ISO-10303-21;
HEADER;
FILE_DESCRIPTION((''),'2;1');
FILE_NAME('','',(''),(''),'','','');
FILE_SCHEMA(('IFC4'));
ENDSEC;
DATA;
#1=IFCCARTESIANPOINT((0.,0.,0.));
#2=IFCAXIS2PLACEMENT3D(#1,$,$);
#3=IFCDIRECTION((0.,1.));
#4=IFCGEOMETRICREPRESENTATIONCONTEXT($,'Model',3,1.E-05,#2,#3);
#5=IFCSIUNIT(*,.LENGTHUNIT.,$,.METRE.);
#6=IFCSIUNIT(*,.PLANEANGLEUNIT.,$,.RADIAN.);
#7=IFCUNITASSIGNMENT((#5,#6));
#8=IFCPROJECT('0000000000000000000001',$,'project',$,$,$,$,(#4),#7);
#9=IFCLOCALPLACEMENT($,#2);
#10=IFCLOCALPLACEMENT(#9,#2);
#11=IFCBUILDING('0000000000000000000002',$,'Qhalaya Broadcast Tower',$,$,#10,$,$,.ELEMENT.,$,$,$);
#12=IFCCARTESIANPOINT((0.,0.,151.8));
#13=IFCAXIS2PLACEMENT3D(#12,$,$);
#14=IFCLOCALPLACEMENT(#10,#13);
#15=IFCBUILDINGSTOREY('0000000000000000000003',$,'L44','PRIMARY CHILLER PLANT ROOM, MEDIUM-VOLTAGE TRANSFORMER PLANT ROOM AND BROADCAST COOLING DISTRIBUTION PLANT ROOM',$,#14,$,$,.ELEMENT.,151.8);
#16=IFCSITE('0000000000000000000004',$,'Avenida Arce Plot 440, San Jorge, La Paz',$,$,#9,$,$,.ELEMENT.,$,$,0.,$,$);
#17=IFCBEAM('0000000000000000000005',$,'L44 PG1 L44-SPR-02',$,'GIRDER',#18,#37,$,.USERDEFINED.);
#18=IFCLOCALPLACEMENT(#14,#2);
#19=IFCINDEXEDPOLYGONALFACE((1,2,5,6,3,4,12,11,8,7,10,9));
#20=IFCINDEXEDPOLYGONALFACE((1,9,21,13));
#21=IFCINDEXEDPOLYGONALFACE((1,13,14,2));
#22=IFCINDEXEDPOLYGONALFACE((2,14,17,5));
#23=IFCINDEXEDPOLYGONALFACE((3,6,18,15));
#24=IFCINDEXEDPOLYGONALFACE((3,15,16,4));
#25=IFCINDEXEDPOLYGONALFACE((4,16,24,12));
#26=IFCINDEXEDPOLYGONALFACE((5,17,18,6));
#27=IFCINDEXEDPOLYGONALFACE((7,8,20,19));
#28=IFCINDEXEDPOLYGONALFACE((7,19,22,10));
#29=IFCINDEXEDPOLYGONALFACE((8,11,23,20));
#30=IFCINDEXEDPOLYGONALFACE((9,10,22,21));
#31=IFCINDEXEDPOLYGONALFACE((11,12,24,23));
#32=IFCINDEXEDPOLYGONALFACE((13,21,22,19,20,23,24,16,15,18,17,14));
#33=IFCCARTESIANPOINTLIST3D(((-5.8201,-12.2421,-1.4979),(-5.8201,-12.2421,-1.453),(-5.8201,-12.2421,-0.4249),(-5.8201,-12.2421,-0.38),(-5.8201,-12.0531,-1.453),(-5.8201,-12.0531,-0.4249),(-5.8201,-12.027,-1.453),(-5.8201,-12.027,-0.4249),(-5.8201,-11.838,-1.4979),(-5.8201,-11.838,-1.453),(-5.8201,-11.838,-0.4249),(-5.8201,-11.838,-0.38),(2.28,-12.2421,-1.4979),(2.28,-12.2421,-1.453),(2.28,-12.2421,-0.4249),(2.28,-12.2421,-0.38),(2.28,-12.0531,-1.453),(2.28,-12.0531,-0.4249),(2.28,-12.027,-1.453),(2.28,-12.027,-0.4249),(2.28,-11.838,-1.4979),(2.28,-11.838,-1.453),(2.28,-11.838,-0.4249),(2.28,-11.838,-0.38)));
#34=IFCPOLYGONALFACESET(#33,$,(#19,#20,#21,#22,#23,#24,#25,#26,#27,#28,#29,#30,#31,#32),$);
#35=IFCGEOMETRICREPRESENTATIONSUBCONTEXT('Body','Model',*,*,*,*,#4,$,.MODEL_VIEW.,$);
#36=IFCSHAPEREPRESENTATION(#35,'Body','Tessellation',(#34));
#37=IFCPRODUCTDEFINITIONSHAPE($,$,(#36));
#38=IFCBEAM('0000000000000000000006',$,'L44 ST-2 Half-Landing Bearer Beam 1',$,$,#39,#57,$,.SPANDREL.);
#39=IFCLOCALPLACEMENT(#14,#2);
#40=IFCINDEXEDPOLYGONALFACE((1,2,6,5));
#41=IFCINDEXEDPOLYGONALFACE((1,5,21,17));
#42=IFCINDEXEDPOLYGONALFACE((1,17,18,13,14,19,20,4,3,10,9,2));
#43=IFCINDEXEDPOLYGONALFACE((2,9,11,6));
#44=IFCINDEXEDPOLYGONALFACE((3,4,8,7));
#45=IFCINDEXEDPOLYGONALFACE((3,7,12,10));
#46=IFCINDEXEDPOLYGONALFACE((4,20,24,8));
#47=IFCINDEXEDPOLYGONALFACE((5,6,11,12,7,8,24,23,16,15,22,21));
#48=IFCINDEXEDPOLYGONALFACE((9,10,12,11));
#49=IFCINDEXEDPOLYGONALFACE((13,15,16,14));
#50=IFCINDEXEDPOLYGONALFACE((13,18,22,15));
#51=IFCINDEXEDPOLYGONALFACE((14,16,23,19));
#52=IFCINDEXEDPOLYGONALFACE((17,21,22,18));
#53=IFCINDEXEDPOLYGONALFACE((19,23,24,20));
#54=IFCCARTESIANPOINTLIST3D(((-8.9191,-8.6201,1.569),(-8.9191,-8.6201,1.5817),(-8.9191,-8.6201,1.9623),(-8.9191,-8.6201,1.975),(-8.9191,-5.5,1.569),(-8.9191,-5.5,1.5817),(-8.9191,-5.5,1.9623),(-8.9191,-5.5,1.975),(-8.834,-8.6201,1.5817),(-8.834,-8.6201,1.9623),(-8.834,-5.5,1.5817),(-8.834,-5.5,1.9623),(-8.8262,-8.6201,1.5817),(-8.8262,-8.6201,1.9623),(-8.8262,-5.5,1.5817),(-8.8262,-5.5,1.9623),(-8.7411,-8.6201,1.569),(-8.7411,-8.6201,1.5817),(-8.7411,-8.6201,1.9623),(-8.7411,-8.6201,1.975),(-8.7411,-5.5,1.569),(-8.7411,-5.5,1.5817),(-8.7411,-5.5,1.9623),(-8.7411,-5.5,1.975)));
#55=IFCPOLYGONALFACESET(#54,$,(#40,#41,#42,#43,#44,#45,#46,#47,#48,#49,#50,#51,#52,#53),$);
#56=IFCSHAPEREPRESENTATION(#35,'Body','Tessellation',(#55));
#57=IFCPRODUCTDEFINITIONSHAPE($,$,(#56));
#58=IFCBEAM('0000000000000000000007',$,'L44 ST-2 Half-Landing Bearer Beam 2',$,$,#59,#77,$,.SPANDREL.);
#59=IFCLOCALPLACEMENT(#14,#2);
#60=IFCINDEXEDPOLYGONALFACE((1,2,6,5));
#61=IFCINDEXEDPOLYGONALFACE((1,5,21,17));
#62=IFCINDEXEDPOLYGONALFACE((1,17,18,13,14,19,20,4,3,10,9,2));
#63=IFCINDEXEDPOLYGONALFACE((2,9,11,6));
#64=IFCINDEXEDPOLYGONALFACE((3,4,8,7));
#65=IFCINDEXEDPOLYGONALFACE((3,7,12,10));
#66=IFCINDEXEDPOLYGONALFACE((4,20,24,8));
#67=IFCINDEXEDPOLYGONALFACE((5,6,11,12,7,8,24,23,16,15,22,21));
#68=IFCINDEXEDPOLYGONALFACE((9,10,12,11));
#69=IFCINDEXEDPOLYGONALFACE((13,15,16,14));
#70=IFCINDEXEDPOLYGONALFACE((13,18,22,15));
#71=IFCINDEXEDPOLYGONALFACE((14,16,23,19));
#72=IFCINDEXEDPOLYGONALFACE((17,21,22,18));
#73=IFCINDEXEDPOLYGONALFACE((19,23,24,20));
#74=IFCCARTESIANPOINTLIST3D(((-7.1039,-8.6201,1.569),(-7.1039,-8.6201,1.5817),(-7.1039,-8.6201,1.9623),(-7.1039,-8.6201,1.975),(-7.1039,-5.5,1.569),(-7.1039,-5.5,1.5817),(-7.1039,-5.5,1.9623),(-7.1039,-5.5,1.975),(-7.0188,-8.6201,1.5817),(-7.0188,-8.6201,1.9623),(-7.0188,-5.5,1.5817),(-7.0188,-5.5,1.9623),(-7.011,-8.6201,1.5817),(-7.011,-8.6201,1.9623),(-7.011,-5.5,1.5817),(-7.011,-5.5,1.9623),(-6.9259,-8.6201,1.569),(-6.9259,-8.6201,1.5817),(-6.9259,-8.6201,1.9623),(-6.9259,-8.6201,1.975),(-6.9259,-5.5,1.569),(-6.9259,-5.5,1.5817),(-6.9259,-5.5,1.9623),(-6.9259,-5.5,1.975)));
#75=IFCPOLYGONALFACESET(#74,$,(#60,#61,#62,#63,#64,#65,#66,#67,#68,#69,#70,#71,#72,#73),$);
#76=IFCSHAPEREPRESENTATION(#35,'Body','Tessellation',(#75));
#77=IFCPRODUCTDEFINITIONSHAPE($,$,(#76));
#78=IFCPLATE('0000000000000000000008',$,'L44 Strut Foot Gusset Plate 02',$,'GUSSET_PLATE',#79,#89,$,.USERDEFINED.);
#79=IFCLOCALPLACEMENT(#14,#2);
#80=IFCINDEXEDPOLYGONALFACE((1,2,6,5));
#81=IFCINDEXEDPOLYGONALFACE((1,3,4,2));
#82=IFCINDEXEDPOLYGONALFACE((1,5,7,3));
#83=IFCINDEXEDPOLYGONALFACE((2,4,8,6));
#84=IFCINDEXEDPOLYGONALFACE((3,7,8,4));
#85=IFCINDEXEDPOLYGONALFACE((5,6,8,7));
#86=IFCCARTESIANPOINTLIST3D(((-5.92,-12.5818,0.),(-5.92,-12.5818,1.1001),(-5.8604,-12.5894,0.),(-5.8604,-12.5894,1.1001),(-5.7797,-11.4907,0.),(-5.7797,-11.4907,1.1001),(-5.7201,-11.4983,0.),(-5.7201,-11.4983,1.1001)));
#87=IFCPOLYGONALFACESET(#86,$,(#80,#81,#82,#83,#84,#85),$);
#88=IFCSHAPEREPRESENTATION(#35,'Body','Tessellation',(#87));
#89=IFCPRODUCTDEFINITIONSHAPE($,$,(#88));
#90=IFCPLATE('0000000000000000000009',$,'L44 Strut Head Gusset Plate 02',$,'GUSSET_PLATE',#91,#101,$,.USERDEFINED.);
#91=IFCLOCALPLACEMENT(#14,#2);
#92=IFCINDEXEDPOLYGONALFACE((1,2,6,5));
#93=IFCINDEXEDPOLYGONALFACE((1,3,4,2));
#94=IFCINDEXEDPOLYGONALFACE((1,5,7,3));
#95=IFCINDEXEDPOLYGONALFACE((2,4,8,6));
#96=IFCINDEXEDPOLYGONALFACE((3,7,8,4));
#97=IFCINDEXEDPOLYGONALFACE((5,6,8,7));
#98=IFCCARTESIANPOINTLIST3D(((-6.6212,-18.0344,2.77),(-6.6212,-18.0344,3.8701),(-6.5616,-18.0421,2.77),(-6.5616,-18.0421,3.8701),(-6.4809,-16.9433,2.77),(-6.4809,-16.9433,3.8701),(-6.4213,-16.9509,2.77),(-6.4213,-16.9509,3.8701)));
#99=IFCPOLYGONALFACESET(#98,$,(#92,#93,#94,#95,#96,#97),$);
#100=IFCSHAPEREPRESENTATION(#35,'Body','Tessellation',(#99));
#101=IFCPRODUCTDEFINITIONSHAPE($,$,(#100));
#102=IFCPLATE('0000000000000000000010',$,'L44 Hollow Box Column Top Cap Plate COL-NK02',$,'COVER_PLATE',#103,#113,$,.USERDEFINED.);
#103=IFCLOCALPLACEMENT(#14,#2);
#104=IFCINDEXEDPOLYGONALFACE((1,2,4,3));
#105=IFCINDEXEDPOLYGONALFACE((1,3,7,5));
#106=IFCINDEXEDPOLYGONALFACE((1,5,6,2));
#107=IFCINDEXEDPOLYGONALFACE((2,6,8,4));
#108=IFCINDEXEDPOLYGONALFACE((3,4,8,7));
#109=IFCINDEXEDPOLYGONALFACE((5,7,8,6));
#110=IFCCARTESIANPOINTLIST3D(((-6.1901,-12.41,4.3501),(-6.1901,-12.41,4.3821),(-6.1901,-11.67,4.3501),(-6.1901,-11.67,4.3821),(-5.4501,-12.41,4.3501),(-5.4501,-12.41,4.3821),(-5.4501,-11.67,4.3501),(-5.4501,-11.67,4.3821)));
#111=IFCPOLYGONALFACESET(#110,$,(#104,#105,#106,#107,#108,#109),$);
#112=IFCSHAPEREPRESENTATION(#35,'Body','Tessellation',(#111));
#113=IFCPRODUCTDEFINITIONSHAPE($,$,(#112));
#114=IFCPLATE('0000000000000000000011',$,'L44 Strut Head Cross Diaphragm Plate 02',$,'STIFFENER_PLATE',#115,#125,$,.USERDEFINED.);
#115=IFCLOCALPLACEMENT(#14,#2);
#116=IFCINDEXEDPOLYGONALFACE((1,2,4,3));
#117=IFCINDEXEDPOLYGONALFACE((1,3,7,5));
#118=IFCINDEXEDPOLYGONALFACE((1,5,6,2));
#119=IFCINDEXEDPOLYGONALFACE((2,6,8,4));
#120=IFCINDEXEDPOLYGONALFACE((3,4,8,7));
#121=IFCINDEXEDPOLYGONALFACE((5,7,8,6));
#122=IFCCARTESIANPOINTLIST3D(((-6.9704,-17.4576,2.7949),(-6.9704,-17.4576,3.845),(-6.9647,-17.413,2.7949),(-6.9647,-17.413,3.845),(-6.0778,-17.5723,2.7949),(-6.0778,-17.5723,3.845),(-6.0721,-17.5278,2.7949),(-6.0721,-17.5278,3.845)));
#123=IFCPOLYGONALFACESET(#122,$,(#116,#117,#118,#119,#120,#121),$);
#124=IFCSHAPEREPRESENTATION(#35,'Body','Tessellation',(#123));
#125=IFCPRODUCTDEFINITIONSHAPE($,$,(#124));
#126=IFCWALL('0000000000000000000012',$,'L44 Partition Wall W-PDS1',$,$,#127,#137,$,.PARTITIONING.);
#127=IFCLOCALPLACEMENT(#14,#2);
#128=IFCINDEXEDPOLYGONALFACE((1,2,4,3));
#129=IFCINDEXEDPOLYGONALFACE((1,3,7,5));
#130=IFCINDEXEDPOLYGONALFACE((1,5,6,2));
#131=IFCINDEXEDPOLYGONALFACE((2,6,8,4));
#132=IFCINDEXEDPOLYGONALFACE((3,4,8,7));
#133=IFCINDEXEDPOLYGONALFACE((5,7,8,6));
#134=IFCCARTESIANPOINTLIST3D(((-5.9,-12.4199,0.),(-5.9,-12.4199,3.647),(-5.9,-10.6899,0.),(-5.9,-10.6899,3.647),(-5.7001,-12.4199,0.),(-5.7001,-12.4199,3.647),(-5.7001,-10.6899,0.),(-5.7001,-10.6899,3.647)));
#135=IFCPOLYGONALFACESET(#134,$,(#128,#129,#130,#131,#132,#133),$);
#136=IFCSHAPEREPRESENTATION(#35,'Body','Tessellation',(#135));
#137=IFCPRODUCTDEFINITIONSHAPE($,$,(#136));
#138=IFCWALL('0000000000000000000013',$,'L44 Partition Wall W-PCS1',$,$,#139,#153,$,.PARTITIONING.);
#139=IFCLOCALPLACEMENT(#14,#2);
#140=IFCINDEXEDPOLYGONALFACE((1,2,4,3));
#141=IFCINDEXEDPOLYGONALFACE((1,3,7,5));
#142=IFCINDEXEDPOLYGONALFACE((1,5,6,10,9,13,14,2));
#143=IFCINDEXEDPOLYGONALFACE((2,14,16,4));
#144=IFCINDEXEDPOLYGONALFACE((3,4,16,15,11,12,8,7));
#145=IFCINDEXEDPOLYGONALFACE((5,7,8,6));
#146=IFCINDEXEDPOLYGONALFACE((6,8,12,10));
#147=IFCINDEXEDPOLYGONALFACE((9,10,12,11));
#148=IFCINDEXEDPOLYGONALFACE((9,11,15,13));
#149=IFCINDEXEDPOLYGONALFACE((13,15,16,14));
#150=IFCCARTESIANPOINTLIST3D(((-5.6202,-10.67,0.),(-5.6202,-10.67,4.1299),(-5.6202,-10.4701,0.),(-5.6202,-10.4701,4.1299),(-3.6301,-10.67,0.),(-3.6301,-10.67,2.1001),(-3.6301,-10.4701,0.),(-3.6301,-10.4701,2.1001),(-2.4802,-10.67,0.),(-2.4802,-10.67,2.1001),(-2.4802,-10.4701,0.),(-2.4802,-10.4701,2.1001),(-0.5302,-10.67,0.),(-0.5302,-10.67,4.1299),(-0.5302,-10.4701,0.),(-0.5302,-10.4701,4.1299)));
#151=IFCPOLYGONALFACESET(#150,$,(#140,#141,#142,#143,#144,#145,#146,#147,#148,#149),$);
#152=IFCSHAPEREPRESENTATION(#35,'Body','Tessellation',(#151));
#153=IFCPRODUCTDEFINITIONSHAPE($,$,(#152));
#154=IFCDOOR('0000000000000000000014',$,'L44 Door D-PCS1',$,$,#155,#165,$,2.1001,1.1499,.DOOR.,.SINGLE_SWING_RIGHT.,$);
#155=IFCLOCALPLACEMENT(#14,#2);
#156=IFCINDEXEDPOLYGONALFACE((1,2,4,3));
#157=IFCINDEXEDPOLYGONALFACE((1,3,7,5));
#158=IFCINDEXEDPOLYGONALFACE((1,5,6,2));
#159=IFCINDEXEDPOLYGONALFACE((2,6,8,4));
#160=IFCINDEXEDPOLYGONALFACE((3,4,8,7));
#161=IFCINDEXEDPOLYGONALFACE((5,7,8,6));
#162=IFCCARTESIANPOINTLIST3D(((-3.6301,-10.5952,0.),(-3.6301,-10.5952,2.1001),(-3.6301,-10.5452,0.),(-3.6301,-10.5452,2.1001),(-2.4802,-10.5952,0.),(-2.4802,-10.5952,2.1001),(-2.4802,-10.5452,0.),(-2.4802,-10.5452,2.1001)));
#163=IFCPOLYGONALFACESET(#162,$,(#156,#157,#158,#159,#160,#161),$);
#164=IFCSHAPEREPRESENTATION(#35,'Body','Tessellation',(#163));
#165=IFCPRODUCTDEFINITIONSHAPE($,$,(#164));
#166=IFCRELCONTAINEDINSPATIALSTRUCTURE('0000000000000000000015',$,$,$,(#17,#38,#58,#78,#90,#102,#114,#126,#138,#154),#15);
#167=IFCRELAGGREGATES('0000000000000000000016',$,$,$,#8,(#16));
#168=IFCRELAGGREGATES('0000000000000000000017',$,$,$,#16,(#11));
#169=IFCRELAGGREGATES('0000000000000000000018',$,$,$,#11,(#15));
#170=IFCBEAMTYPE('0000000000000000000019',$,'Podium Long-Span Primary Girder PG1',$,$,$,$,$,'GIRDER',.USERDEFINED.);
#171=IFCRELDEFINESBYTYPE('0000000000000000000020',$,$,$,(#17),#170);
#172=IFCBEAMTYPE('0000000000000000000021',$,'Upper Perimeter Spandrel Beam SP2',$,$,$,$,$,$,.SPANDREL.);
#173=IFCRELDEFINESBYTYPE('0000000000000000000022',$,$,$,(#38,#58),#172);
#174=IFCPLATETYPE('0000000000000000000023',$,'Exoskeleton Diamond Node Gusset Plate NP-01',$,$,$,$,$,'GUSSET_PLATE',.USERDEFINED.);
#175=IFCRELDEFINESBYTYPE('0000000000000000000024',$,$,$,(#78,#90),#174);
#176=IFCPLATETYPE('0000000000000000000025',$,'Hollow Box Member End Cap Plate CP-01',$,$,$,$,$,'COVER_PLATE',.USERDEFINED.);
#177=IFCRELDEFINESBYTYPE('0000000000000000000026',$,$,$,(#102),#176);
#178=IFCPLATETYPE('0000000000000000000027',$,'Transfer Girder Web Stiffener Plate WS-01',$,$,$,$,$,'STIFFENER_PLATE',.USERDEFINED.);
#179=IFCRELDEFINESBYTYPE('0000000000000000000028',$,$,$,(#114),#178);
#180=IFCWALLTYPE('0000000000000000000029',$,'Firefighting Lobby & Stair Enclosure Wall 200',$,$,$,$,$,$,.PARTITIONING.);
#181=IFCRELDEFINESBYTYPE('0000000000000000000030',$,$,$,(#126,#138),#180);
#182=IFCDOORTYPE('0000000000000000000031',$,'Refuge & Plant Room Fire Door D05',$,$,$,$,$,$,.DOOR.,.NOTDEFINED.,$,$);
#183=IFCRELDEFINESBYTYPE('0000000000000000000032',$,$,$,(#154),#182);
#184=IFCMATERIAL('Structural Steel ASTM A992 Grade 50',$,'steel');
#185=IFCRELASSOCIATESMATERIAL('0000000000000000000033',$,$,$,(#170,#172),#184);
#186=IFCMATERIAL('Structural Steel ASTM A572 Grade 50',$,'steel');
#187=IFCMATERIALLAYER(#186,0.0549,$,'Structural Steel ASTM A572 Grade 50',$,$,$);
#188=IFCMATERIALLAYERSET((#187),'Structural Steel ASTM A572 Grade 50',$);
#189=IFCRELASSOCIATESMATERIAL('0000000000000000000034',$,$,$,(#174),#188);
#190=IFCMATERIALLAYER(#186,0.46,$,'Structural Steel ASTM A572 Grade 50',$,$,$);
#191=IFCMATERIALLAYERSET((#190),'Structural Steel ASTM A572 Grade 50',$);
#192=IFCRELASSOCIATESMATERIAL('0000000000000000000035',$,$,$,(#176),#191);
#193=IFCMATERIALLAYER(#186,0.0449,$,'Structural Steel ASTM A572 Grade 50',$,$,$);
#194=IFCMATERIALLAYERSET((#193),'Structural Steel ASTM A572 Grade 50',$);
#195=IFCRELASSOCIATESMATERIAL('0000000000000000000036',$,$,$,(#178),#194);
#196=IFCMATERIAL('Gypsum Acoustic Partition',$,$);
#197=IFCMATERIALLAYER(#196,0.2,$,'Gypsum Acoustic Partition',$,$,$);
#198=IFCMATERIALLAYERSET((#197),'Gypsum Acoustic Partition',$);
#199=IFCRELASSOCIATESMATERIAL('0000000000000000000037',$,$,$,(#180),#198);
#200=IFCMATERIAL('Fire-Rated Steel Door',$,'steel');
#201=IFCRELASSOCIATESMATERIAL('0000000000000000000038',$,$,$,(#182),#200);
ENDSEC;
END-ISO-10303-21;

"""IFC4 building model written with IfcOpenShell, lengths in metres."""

from ifc_helpers import new_model, si_unit, direction, frame, frame_2d, origin, origin_2d, place, context, subcontext, project, spatial, rectangle, i_section, extrude, material, layer, layer_set, material_profile, profile_set, type_object, element, fill, save


model = new_model("IFC4")

# Units and contexts
model_context = context("Model", 3, precision=1e-05, world=origin(), true_north=direction((0.0, 1.0)))
body_context = subcontext(model_context, "Body", "Model", "MODEL_VIEW")
ifc_project = project(units=[si_unit("LENGTHUNIT", "METRE"), si_unit("PLANEANGLEUNIT", "RADIAN")], contexts=[model_context])

# Site, building, storey
site_placement = place(None, origin())
site = spatial("IfcSite", under=ifc_project, at=site_placement, Name="Avenida Arce Plot 440, San Jorge, La Paz", CompositionType="ELEMENT", RefElevation=0.0)
building_placement = place(site_placement, origin())
building = spatial("IfcBuilding", under=site, at=building_placement, Name="Qhalaya Broadcast Tower", CompositionType="ELEMENT")
storey_placement = place(building_placement, frame((0.0, 0.0, 151.8)))
storey = spatial("IfcBuildingStorey", under=building, at=storey_placement, Name="L44", Description="PRIMARY CHILLER PLANT ROOM, MEDIUM-VOLTAGE TRANSFORMER PLANT ROOM AND BROADCAST COOLING DISTRIBUTION PLANT ROOM", CompositionType="ELEMENT", Elevation=151.8)

# Shared definitions
ifc_material_1 = material(Name="Structural Steel ASTM A572 Grade 50", Category="steel")

# Shared definitions
ifc_material_2 = material(Name="Structural Steel ASTM A992 Grade 50", Category="steel")

# Beams
ifc_material_profile_1 = material_profile(ifc_material_2, i_section(OverallWidth=0.4041, OverallDepth=1.1179, WebThickness=0.0261, FlangeThickness=0.0449, at=origin_2d()), Name="W44X335")
ifc_profile_set_1 = profile_set([ifc_material_profile_1], Name="Structural Steel ASTM A992 Grade 50")
beam_type_1 = type_object("IfcBeamType", Name="Podium Long-Span Primary Girder PG1", ElementType="GIRDER", PredefinedType="USERDEFINED", material=ifc_profile_set_1)
beam_1_placement = place(storey_placement, frame((-5.8201, -12.04, -0.939), z_axis=(1.0, 0.0, 0.0), x_axis=(0.0, 1.0, 0.0)))
element("IfcBeam", 1, at=beam_1_placement, inside=storey, type_object=beam_type_1, Name="L44 PG1 L44-SPR-02", ObjectType="GIRDER", PredefinedType="USERDEFINED", context=body_context, shape_type="SweptSolid", body=[
    extrude(i_section(OverallWidth=0.4041, OverallDepth=1.1179, WebThickness=0.0261, FlangeThickness=0.0449, at=origin_2d()), origin(), (0.0, 0.0, 1.0), 8.1001),
])
ifc_material_profile_2 = material_profile(ifc_material_2, i_section(OverallWidth=0.178, OverallDepth=0.406, WebThickness=0.0078, FlangeThickness=0.0127, at=origin_2d()), Name="W16X40")
ifc_profile_set_2 = profile_set([ifc_material_profile_2], Name="Structural Steel ASTM A992 Grade 50")
beam_type_2 = type_object("IfcBeamType", Name="Upper Perimeter Spandrel Beam SP2", PredefinedType="SPANDREL", material=ifc_profile_set_2)
for number, where, z_axis, x_axis, name in (
    (2, (-8.8301, -8.6201, 1.772), (0.0, 1.0, 0.0), (-1.0, 0.0, 0.0), "L44 ST-2 Half-Landing Bearer Beam 1"),
    (3, (-7.0149, -8.6201, 1.772), (0.0, 1.0, 0.0), (-1.0, 0.0, 0.0), "L44 ST-2 Half-Landing Bearer Beam 2"),
):
    element("IfcBeam", number, at=place(storey_placement, frame(where, z_axis=z_axis, x_axis=x_axis)), inside=storey, type_object=beam_type_2, Name=name, PredefinedType="SPANDREL", context=body_context, shape_type="SweptSolid", body=[
        extrude(i_section(OverallWidth=0.178, OverallDepth=0.406, WebThickness=0.0078, FlangeThickness=0.0127, at=origin_2d()), origin(), (0.0, 0.0, 1.0), 3.1201),
    ])

# Plates
ifc_layer_1 = layer(ifc_material_1, 0.0549, Name="Structural Steel ASTM A572 Grade 50")
ifc_layer_set_1 = layer_set([ifc_layer_1], Name="Structural Steel ASTM A572 Grade 50")
plate_type_1 = type_object("IfcPlateType", Name="Exoskeleton Diamond Node Gusset Plate NP-01", ElementType="GUSSET_PLATE", PredefinedType="USERDEFINED", material=ifc_layer_set_1)
for number, where, z_axis, x_axis, name in (
    (4, (-5.8201, -12.04, 0.0), (0.0, 0.0, 1.0), (-0.127549, -0.991832, 0.0), "L44 Strut Foot Gusset Plate 02"),
    (5, (-6.5212, -17.4927, 2.77), (0.0, 0.0, 1.0), (-0.127549, -0.991832, 0.0), "L44 Strut Head Gusset Plate 02"),
):
    element("IfcPlate", number, at=place(storey_placement, frame(where, z_axis=z_axis, x_axis=x_axis)), inside=storey, type_object=plate_type_1, Name=name, ObjectType="GUSSET_PLATE", PredefinedType="USERDEFINED", context=body_context, shape_type="SweptSolid", body=[
        extrude(rectangle(XDim=1.1001, YDim=0.0601, at=origin_2d()), origin(), (0.0, 0.0, 1.0), 1.1001),
    ])
ifc_layer_2 = layer(ifc_material_1, 0.46, Name="Structural Steel ASTM A572 Grade 50")
ifc_layer_set_2 = layer_set([ifc_layer_2], Name="Structural Steel ASTM A572 Grade 50")
plate_type_2 = type_object("IfcPlateType", Name="Hollow Box Member End Cap Plate CP-01", ElementType="COVER_PLATE", PredefinedType="USERDEFINED", material=ifc_layer_set_2)
plate_1_placement = place(storey_placement, frame((-5.8201, -12.04, 4.3501), z_axis=(0.0, 0.0, 1.0), x_axis=(1.0, 0.0, 0.0)))
element("IfcPlate", 6, at=plate_1_placement, inside=storey, type_object=plate_type_2, Name="L44 Hollow Box Column Top Cap Plate COL-NK02", ObjectType="COVER_PLATE", PredefinedType="USERDEFINED", context=body_context, shape_type="SweptSolid", body=[
    extrude(rectangle(XDim=0.74, YDim=0.74, at=origin_2d()), origin(), (0.0, 0.0, 1.0), 0.032),
])
ifc_layer_3 = layer(ifc_material_1, 0.0449, Name="Structural Steel ASTM A572 Grade 50")
ifc_layer_set_3 = layer_set([ifc_layer_3], Name="Structural Steel ASTM A572 Grade 50")
plate_type_3 = type_object("IfcPlateType", Name="Transfer Girder Web Stiffener Plate WS-01", ElementType="STIFFENER_PLATE", PredefinedType="USERDEFINED", material=ifc_layer_set_3)
plate_2_placement = place(storey_placement, frame((-6.5212, -17.4927, 2.7949), z_axis=(0.0, 0.0, 1.0), x_axis=(0.991832, -0.127549, 0.0)))
element("IfcPlate", 7, at=plate_2_placement, inside=storey, type_object=plate_type_3, Name="L44 Strut Head Cross Diaphragm Plate 02", ObjectType="STIFFENER_PLATE", PredefinedType="USERDEFINED", context=body_context, shape_type="SweptSolid", body=[
    extrude(rectangle(XDim=0.8999, YDim=0.0449, at=origin_2d()), origin(), (0.0, 0.0, 1.0), 1.05),
])

# Wall
ifc_material_3 = material(Name="Gypsum Acoustic Partition")
ifc_layer_4 = layer(ifc_material_3, 0.2, Name="Gypsum Acoustic Partition")
ifc_layer_set_4 = layer_set([ifc_layer_4], Name="Gypsum Acoustic Partition")
wall_type_1 = type_object("IfcWallType", Name="Firefighting Lobby & Stair Enclosure Wall 200", PredefinedType="PARTITIONING", material=ifc_layer_set_4)
wall_1_placement = place(storey_placement, frame((-5.8, -12.4199, 0.0), z_axis=(0.0, 0.0, 1.0), x_axis=(0.0, 1.0, 0.0)))
element("IfcWall", 8, at=wall_1_placement, inside=storey, type_object=wall_type_1, Name="L44 Partition Wall W-PDS1", PredefinedType="PARTITIONING", context=body_context, shape_type="SweptSolid", body=[
    extrude(rectangle(XDim=1.73, YDim=0.2, at=frame_2d((0.865, 0.0))), origin(), (0.0, 0.0, 1.0), 3.647),
])

# Wall, opening, door
wall_2_placement = place(storey_placement, frame((-5.6201, -10.5701, 0.0), z_axis=(0.0, 0.0, 1.0), x_axis=(1.0, 0.0, 0.0)))
wall_2 = element("IfcWall", 9, at=wall_2_placement, inside=storey, type_object=wall_type_1, Name="L44 Partition Wall W-PCS1", PredefinedType="PARTITIONING", context=body_context, shape_type="SweptSolid", body=[
    extrude(rectangle(XDim=5.0901, YDim=0.2, at=frame_2d((2.5449, 0.0))), origin(), (0.0, 0.0, 1.0), 4.1299),
])
opening_1_placement = place(wall_2_placement, frame((1.99, 0.0, 0.0)))
opening_1 = element("IfcOpeningElement", 10, at=opening_1_placement, cuts=wall_2, PredefinedType="OPENING", context=body_context, shape_type="SweptSolid", body=[
    extrude(rectangle(XDim=1.1499, YDim=2.1001, at=frame_2d((0.575, 1.05))), frame((0.0, 0.1121, 0.0), z_axis=(0.0, -1.0, 0.0), x_axis=(1.0, 0.0, 0.0)), (0.0, 0.0, 1.0), 0.2239),
])
ifc_material_4 = material(Name="Fire-Rated Steel Door", Category="steel")
door_type_1 = type_object("IfcDoorType", Name="Refuge & Plant Room Fire Door D05", OperationType="NOTDEFINED", PredefinedType="DOOR", material=ifc_material_4)
door_1_placement = place(opening_1_placement, origin())
door_1 = element("IfcDoor", 11, at=door_1_placement, inside=storey, type_object=door_type_1, Name="L44 Door D-PCS1", OperationType="SINGLE_SWING_RIGHT", OverallHeight=2.1001, OverallWidth=1.1499, PredefinedType="DOOR", context=body_context, shape_type="SweptSolid", body=[
    extrude(rectangle(XDim=1.1499, YDim=2.1001, at=frame_2d((0.575, 1.05))), frame((0.0, 0.0249, 0.0), z_axis=(0.0, -1.0, 0.0), x_axis=(1.0, 0.0, 0.0)), (0.0, 0.0, 1.0), 0.05),
])
fill(opening_1, door_1)

save(model, "model.ifc")
